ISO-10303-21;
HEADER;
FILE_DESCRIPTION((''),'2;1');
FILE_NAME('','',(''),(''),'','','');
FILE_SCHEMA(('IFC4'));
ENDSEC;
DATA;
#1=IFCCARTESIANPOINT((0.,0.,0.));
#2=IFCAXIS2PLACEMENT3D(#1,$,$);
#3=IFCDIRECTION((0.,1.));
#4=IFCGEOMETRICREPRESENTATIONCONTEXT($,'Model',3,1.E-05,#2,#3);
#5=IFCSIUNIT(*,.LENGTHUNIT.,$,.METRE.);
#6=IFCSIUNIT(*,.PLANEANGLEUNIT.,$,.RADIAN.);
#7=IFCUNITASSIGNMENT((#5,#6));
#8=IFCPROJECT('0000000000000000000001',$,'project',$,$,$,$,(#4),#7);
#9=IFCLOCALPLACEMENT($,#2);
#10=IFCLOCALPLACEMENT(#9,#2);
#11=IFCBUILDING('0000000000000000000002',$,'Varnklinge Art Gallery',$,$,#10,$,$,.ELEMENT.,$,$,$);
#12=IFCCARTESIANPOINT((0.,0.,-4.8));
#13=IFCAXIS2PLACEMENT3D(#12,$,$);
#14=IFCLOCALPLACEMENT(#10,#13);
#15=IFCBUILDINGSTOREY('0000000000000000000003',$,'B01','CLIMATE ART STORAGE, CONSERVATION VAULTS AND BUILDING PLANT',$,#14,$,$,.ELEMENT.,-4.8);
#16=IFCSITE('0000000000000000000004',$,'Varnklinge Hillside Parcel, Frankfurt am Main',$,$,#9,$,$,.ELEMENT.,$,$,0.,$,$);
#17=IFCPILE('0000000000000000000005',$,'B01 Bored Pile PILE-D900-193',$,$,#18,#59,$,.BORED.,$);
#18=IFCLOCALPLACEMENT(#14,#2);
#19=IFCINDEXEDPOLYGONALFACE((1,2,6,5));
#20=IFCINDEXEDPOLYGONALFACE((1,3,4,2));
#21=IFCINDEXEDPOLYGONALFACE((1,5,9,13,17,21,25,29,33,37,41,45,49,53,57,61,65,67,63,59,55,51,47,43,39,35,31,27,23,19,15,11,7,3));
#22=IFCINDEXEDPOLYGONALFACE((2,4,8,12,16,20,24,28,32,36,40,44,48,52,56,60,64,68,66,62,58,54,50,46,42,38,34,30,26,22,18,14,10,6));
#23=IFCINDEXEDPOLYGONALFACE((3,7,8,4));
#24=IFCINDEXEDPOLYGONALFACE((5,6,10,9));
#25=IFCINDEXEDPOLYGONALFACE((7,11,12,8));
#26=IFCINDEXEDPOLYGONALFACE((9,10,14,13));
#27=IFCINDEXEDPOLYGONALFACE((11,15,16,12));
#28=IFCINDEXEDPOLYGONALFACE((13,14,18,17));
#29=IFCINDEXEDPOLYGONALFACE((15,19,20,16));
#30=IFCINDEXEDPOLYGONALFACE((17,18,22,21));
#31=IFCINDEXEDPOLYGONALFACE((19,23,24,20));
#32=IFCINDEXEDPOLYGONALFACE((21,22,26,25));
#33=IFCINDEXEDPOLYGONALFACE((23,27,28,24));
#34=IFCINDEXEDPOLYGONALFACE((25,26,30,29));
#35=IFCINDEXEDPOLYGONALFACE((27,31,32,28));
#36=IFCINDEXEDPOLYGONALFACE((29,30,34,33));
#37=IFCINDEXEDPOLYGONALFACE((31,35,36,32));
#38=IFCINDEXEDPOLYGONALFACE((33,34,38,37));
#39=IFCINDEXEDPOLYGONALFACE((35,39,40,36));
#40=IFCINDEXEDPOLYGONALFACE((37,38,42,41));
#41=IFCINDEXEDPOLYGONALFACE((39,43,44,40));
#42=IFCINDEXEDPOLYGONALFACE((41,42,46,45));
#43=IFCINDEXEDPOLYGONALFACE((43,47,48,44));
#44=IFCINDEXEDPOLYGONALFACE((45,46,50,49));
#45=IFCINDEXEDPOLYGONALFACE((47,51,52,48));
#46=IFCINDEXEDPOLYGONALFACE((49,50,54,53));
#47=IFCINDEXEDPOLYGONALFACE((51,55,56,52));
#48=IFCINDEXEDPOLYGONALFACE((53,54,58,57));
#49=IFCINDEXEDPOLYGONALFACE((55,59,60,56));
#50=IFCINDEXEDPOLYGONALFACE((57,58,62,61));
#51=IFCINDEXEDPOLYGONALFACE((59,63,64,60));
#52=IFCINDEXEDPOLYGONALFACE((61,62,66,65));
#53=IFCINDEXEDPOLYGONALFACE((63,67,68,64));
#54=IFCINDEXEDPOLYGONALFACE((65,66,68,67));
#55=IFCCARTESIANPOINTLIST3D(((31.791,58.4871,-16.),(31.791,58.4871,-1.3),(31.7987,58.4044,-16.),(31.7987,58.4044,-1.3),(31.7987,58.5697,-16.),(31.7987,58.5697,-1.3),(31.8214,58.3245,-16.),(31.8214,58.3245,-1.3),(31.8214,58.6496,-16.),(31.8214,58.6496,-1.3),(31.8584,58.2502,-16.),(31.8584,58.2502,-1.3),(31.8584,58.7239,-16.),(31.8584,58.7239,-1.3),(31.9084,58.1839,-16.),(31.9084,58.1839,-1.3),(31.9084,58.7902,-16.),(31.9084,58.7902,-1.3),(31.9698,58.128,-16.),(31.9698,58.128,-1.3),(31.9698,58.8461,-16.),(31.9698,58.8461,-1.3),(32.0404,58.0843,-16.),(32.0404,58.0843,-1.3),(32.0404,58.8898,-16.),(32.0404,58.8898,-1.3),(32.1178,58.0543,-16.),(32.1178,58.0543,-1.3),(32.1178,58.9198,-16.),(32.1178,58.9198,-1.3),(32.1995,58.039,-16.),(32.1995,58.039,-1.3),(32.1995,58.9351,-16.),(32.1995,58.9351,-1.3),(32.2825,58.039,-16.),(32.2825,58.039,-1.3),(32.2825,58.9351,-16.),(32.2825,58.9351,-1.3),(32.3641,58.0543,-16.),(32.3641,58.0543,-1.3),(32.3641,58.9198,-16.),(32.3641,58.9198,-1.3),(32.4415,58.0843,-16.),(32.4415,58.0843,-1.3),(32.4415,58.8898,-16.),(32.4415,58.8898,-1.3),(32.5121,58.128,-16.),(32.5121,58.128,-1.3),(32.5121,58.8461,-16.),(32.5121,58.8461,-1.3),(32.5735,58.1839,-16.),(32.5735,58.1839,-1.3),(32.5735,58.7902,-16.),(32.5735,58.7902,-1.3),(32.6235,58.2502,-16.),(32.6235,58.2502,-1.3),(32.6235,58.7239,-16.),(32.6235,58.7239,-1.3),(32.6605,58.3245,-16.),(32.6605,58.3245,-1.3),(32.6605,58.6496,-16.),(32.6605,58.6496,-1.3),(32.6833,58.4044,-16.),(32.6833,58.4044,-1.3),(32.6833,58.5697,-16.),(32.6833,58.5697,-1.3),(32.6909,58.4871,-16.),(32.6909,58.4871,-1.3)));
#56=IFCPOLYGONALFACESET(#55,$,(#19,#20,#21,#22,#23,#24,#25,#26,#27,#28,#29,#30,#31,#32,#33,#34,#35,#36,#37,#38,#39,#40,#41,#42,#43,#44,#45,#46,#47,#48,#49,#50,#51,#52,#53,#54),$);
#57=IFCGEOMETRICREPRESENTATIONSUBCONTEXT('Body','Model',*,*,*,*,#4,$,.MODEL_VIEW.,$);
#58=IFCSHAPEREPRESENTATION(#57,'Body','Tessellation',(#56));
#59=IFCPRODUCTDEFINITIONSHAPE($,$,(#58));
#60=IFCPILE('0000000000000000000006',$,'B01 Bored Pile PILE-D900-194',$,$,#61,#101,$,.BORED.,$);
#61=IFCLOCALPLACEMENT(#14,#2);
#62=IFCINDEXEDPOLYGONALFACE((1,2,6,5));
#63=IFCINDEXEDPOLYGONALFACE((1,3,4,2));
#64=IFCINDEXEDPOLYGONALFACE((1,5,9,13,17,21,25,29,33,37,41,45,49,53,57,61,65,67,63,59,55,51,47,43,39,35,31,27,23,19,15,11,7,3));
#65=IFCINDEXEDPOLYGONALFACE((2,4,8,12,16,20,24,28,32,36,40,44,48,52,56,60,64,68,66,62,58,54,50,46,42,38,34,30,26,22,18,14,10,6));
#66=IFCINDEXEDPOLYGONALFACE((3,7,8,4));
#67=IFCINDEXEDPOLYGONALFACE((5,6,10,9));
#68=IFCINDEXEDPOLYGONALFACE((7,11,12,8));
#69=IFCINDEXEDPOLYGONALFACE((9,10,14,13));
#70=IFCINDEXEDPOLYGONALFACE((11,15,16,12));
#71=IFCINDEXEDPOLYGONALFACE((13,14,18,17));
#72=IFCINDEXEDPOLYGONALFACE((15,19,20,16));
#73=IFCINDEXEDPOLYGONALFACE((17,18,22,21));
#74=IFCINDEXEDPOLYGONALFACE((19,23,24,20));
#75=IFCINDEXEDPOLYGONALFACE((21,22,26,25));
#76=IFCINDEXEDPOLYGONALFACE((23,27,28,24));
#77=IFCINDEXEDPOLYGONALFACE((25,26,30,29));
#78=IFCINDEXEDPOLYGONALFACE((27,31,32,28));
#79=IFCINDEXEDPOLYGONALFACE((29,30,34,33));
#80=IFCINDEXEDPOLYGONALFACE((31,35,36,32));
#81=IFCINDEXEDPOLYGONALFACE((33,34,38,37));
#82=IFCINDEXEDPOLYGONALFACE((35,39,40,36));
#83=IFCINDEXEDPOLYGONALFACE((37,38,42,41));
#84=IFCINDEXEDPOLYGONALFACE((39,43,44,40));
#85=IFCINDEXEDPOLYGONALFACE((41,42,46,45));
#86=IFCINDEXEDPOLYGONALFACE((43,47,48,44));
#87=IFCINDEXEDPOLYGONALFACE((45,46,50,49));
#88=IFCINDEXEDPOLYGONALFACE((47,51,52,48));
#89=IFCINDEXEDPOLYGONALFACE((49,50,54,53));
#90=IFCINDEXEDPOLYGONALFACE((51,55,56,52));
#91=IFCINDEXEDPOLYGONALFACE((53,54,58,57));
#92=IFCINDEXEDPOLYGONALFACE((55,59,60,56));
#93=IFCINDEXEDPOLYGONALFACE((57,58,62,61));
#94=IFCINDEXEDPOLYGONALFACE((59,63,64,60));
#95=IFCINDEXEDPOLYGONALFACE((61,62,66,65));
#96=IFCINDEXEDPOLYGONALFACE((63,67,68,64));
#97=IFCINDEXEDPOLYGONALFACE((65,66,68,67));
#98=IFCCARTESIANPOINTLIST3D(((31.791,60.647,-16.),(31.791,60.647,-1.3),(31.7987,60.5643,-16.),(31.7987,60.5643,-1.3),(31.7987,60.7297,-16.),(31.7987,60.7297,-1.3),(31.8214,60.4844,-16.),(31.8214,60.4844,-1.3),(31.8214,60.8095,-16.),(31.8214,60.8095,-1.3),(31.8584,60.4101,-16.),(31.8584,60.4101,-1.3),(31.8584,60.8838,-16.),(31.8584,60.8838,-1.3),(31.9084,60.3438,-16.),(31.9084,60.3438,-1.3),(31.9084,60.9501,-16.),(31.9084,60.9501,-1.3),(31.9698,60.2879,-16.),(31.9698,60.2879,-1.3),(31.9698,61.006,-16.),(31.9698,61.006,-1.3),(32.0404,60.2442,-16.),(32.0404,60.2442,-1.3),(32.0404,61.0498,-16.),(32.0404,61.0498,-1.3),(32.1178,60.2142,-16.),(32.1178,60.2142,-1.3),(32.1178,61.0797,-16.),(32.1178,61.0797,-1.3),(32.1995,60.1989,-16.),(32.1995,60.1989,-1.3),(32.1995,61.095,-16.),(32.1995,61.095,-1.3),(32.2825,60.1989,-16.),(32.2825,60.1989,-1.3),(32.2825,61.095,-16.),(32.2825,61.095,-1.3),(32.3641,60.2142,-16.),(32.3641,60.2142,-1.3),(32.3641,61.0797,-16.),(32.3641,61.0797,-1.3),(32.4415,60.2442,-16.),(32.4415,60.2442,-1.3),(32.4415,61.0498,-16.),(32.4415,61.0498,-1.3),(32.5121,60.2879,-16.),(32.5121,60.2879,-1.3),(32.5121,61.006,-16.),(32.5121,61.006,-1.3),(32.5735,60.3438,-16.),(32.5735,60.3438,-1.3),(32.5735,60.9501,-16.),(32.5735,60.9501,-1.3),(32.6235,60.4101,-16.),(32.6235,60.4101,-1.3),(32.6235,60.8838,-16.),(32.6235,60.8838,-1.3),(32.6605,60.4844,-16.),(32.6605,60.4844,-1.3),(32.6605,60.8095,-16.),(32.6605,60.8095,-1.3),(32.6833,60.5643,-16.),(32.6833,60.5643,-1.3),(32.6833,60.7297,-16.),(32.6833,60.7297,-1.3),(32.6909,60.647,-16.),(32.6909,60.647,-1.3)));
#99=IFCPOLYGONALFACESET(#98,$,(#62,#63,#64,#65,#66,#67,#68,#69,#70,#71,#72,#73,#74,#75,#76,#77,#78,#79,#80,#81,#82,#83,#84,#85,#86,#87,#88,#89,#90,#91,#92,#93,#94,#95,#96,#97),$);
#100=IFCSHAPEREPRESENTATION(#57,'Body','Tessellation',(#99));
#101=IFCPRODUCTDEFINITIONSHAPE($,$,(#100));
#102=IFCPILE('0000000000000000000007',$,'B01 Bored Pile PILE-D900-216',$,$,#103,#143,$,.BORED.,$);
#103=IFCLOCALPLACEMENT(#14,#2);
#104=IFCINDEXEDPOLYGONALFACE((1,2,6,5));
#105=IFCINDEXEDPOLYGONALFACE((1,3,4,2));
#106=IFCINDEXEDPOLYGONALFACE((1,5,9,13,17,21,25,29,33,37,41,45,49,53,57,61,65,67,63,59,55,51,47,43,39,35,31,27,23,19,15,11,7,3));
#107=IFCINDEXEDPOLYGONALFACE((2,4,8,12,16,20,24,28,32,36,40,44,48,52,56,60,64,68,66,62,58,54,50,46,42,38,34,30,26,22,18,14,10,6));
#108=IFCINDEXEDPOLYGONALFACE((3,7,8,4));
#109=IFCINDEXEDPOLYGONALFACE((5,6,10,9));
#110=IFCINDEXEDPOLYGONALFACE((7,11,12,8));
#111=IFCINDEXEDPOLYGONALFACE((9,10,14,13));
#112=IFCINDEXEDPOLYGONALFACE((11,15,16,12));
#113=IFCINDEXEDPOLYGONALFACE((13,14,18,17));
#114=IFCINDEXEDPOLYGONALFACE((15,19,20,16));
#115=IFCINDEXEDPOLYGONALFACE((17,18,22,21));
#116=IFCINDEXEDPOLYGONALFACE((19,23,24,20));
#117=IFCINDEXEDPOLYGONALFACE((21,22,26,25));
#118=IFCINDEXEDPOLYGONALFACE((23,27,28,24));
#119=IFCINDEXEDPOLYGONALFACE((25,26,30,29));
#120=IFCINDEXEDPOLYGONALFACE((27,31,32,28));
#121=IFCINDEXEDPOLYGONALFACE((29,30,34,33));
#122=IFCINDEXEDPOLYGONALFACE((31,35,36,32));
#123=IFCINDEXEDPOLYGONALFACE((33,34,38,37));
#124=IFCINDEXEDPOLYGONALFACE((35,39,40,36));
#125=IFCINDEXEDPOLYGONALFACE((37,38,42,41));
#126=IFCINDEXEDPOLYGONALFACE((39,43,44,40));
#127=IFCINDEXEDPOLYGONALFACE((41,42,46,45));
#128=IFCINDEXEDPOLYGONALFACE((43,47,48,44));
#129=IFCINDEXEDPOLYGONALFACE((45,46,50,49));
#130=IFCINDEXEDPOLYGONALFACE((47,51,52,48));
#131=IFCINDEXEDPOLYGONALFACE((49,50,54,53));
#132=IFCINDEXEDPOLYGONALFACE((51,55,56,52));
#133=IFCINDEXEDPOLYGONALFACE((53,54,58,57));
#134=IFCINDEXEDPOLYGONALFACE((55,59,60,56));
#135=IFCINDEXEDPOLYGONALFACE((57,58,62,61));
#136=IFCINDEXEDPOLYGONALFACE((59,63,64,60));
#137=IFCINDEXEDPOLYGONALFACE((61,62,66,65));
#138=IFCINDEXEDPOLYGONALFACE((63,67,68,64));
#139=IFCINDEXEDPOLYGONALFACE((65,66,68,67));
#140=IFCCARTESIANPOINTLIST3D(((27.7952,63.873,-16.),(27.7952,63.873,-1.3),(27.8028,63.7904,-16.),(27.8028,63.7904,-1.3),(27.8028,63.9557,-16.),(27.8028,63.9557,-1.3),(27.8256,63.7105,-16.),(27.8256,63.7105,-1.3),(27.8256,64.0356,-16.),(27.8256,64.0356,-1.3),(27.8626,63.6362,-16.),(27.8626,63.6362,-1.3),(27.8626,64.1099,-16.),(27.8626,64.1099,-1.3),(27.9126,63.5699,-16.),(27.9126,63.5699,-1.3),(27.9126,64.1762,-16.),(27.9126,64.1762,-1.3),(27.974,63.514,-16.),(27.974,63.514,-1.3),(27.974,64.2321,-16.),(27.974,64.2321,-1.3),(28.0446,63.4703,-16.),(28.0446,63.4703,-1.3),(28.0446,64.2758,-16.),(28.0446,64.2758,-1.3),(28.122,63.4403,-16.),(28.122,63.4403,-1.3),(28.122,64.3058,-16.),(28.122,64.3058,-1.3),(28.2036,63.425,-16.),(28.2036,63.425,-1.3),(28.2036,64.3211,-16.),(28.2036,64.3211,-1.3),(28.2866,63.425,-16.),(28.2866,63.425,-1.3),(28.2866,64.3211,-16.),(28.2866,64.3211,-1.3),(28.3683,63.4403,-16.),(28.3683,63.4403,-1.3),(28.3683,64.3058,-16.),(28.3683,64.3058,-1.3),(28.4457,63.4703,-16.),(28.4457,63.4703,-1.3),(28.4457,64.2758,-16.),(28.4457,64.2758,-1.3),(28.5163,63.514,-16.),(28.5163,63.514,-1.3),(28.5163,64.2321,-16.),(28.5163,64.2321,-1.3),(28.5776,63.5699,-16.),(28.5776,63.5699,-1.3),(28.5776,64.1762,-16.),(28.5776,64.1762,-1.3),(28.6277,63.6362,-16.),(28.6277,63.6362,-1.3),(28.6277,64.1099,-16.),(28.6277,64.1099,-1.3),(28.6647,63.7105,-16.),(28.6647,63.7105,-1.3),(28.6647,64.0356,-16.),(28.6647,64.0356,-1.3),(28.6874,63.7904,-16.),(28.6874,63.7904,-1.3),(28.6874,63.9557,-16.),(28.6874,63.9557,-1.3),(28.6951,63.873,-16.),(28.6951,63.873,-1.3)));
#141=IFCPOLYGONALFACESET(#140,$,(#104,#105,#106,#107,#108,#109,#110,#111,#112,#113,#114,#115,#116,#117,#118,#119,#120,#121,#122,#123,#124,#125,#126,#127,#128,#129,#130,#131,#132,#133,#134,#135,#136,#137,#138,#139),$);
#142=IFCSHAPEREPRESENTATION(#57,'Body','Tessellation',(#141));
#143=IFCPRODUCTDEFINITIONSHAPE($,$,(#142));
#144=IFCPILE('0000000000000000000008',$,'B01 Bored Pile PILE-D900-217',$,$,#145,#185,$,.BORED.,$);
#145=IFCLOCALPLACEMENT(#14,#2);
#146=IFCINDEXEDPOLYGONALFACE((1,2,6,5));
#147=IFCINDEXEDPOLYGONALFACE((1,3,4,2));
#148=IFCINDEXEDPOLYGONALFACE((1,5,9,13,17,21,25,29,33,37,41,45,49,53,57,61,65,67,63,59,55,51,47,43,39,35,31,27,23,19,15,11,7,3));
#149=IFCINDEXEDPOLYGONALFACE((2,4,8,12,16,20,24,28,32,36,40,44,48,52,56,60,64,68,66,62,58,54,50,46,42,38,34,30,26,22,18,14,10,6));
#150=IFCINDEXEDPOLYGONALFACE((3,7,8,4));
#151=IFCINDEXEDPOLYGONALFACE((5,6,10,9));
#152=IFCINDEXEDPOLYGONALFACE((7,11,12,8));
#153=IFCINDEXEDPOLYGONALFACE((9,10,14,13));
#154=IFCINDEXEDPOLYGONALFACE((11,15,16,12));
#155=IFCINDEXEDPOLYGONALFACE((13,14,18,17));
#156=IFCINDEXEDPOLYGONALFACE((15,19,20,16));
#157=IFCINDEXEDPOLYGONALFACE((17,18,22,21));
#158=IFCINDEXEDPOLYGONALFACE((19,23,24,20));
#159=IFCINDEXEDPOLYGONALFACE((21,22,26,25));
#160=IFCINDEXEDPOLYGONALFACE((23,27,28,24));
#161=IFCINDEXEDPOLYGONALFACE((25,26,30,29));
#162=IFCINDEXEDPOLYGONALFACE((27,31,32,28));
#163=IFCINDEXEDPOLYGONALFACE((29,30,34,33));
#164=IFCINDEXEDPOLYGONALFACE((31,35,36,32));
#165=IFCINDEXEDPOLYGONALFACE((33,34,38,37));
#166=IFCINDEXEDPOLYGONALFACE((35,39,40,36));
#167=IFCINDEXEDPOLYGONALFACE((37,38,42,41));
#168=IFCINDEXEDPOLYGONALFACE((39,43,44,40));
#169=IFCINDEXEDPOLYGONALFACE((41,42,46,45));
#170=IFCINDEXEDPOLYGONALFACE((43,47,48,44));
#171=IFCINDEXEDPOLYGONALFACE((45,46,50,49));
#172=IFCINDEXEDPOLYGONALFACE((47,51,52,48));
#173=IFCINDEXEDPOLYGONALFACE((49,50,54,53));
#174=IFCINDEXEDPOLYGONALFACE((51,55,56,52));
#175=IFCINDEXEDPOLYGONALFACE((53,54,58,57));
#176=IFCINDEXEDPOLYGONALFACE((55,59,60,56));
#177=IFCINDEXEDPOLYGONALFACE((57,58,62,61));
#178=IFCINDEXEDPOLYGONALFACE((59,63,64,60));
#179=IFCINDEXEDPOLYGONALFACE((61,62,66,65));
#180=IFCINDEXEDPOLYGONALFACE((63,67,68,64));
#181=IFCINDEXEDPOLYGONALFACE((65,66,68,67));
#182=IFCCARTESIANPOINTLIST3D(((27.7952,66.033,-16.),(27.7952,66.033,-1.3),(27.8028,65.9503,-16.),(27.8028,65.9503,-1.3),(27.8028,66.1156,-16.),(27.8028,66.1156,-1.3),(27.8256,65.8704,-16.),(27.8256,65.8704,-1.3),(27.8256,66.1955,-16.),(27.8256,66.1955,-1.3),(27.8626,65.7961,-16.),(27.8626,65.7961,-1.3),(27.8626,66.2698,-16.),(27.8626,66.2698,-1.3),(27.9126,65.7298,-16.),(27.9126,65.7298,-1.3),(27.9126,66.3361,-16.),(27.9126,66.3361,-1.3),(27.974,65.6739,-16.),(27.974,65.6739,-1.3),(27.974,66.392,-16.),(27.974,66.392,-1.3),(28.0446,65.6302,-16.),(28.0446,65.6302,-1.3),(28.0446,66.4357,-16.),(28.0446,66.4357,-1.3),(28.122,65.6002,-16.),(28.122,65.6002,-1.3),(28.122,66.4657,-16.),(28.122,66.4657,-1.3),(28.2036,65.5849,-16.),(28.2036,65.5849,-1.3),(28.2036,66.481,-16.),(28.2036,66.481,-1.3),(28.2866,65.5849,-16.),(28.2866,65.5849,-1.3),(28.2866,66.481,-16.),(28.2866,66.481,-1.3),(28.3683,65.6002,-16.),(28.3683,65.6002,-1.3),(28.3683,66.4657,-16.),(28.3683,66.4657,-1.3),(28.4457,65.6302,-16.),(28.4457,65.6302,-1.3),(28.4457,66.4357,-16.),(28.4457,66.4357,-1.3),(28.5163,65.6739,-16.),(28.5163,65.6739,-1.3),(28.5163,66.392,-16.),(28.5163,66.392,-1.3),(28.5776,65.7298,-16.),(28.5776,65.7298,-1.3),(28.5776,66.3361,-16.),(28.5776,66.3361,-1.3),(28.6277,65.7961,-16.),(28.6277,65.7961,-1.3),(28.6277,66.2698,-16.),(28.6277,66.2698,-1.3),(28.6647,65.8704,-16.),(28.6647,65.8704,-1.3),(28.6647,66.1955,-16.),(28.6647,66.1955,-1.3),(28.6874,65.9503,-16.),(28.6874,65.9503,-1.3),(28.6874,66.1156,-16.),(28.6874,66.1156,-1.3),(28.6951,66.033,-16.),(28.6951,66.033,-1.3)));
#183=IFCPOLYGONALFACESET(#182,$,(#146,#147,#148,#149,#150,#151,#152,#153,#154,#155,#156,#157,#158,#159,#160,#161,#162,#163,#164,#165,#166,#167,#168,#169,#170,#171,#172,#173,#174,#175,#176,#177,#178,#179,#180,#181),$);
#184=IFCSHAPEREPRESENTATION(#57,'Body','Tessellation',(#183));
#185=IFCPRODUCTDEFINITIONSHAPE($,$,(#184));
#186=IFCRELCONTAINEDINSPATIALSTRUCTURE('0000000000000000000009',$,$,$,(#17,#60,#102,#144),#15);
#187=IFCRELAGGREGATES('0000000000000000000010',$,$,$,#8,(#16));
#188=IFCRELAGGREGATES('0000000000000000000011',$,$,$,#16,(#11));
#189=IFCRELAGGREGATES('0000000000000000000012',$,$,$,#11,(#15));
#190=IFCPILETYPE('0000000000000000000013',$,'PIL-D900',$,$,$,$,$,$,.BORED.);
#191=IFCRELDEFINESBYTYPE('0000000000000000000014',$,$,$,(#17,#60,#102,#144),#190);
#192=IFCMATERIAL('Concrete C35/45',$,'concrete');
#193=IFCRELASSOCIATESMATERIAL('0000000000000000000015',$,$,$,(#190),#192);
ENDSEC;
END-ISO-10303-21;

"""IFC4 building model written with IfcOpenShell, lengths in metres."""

from ifc_helpers import new_model, si_unit, direction, frame, origin, origin_2d, place, context, subcontext, project, spatial, circle, extrude, material, material_profile, profile_set, type_object, element, save


model = new_model("IFC4")

# Units and contexts
model_context = context("Model", 3, precision=1e-05, world=origin(), true_north=direction((0.0, 1.0)))
body_context = subcontext(model_context, "Body", "Model", "MODEL_VIEW")
ifc_project = project(units=[si_unit("LENGTHUNIT", "METRE"), si_unit("PLANEANGLEUNIT", "RADIAN")], contexts=[model_context])

# Site, building, storey
site_placement = place(None, origin())
site = spatial("IfcSite", under=ifc_project, at=site_placement, Name="Varnklinge Hillside Parcel, Frankfurt am Main", CompositionType="ELEMENT", RefElevation=0.0)
building_placement = place(site_placement, origin())
building = spatial("IfcBuilding", under=site, at=building_placement, Name="Varnklinge Art Gallery", CompositionType="ELEMENT")
storey_placement = place(building_placement, frame((0.0, 0.0, -4.8)))
storey = spatial("IfcBuildingStorey", under=building, at=storey_placement, Name="B01", Description="CLIMATE ART STORAGE, CONSERVATION VAULTS AND BUILDING PLANT", CompositionType="ELEMENT", Elevation=-4.8)

# Piles
ifc_material_1 = material(Name="Concrete C35/45", Category="concrete")
ifc_material_profile_1 = material_profile(ifc_material_1, circle(Radius=0.45, at=origin_2d()), Name="PILE D900")
ifc_profile_set_1 = profile_set([ifc_material_profile_1], Name="Concrete C35/45")
pile_type_1 = type_object("IfcPileType", Name="PIL-D900", PredefinedType="BORED", material=ifc_profile_set_1)
for number, where, z_axis, x_axis, name in (
    (1, (32.241, 58.4871, -1.3), (0.0, 0.0, -1.0), (1.0, 0.0, 0.0), "B01 Bored Pile PILE-D900-193"),
    (2, (32.241, 60.647, -1.3), (0.0, 0.0, -1.0), (1.0, 0.0, 0.0), "B01 Bored Pile PILE-D900-194"),
    (3, (28.2451, 63.873, -1.3), (0.0, 0.0, -1.0), (1.0, 0.0, 0.0), "B01 Bored Pile PILE-D900-216"),
    (4, (28.2451, 66.033, -1.3), (0.0, 0.0, -1.0), (1.0, 0.0, 0.0), "B01 Bored Pile PILE-D900-217"),
):
    element("IfcPile", number, at=place(storey_placement, frame(where, z_axis=z_axis, x_axis=x_axis)), inside=storey, type_object=pile_type_1, Name=name, PredefinedType="BORED", context=body_context, shape_type="SweptSolid", body=[
        extrude(circle(Radius=0.45, at=origin_2d()), origin(), (0.0, 0.0, 1.0), 14.7),
    ])

save(model, "model.ifc")
